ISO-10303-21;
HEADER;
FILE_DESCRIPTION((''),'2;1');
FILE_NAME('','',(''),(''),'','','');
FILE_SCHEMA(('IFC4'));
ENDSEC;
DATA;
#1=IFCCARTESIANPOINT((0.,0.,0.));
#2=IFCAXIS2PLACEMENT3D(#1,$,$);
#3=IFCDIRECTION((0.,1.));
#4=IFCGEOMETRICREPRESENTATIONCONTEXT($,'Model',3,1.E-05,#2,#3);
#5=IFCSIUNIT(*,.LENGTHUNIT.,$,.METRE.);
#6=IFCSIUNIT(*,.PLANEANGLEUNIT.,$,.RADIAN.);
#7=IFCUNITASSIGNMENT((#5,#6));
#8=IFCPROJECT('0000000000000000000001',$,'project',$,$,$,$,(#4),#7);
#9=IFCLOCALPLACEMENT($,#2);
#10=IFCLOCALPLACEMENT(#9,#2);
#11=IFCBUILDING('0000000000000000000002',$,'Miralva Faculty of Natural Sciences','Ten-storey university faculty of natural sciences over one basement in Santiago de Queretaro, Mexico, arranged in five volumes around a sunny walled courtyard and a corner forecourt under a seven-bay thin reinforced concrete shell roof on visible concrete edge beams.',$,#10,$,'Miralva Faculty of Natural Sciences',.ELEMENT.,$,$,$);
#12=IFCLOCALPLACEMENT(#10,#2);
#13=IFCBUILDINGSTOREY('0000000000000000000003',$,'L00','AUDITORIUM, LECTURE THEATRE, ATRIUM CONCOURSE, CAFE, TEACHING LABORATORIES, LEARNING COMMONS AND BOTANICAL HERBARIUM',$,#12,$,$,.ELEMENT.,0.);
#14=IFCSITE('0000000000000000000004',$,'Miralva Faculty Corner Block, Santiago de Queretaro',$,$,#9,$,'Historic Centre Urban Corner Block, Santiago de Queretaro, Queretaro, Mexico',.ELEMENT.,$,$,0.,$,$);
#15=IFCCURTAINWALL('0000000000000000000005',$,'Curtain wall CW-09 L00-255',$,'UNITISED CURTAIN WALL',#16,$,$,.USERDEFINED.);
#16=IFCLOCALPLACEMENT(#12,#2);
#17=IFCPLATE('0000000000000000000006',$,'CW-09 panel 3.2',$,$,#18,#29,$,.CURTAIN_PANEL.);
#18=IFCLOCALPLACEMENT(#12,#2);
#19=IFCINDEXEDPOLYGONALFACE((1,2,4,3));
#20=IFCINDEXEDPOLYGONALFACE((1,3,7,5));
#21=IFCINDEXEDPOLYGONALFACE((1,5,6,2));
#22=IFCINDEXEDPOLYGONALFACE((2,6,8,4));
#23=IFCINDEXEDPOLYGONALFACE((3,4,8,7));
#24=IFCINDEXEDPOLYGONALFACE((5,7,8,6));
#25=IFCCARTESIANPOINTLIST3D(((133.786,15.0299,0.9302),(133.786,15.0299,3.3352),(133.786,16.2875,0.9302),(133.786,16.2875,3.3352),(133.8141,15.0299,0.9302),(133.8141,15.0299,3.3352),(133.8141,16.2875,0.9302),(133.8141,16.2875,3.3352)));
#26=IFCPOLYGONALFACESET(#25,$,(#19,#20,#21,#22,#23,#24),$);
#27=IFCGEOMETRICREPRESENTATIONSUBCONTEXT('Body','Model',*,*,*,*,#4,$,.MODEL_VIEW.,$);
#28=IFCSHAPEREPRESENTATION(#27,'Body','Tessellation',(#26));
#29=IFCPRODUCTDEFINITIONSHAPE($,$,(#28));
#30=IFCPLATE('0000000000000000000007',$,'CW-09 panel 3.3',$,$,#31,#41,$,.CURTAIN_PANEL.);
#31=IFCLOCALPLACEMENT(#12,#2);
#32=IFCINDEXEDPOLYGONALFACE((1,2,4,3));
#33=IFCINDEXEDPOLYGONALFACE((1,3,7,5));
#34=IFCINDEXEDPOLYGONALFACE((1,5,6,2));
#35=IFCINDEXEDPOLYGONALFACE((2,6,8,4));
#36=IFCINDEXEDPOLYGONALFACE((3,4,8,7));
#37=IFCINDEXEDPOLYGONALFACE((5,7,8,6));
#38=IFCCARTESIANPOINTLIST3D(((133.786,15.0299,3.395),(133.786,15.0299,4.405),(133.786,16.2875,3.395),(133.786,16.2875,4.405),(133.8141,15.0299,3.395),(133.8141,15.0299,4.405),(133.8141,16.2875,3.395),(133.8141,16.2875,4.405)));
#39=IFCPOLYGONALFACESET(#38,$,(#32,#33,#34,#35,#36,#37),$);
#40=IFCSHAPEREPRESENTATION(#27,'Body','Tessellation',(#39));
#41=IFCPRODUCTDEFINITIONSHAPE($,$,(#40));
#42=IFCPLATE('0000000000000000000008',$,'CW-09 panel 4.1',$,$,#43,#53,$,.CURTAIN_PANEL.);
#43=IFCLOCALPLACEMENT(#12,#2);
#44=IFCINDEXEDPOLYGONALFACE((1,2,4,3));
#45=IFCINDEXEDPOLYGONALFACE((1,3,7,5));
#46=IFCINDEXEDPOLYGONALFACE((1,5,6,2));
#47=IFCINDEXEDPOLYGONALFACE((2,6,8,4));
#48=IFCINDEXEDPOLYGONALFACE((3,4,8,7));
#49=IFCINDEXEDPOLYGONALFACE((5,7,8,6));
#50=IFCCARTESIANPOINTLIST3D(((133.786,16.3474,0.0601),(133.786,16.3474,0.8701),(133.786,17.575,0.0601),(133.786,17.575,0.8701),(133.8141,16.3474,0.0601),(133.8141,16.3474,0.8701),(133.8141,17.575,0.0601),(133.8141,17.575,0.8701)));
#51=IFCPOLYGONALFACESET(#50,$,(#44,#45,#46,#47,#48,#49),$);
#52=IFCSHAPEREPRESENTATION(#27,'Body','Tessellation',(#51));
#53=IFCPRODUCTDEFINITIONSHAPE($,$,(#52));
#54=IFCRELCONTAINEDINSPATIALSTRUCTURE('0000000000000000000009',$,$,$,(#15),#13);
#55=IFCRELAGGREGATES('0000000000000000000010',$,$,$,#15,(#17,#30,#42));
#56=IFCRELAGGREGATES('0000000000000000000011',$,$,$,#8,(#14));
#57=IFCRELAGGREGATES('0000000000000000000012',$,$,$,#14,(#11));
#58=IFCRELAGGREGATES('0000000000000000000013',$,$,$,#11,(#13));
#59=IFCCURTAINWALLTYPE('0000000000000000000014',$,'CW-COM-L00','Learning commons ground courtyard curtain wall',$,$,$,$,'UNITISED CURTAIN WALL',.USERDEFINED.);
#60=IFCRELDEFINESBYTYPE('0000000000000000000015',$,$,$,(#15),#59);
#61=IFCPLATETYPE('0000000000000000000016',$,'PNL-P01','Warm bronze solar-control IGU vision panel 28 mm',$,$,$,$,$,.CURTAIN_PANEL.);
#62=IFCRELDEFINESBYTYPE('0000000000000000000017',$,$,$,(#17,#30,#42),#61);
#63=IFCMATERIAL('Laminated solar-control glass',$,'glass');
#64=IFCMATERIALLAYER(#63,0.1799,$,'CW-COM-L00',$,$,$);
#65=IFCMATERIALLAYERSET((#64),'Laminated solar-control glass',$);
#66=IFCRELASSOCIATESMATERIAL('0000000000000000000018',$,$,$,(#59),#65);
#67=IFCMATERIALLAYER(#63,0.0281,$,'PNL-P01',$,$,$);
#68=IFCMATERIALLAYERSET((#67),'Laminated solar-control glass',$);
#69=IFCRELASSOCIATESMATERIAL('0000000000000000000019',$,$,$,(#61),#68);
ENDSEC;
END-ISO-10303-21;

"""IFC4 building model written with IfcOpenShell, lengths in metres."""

from ifc_helpers import new_model, si_unit, direction, frame, origin, origin_2d, place, context, subcontext, project, spatial, rectangle, extrude, material, layer, layer_set, type_object, element, aggregate, save


model = new_model("IFC4")

# Units and contexts
model_context = context("Model", 3, precision=1e-05, world=origin(), true_north=direction((0.0, 1.0)))
body_context = subcontext(model_context, "Body", "Model", "MODEL_VIEW")
ifc_project = project(units=[si_unit("LENGTHUNIT", "METRE"), si_unit("PLANEANGLEUNIT", "RADIAN")], contexts=[model_context])

# Site, building, storey
site_placement = place(None, origin())
site = spatial("IfcSite", under=ifc_project, at=site_placement, Name="Miralva Faculty Corner Block, Santiago de Queretaro", LongName="Historic Centre Urban Corner Block, Santiago de Queretaro, Queretaro, Mexico", CompositionType="ELEMENT", RefElevation=0.0)
building_placement = place(site_placement, origin())
building = spatial("IfcBuilding", under=site, at=building_placement, Name="Miralva Faculty of Natural Sciences", Description="Ten-storey university faculty of natural sciences over one basement in Santiago de Queretaro, Mexico, arranged in five volumes around a sunny walled courtyard and a corner forecourt under a seven-bay thin reinforced concrete shell roof on visible concrete edge beams.", LongName="Miralva Faculty of Natural Sciences", CompositionType="ELEMENT")
storey_placement = place(building_placement, origin())
storey = spatial("IfcBuildingStorey", under=building, at=storey_placement, Name="L00", Description="AUDITORIUM, LECTURE THEATRE, ATRIUM CONCOURSE, CAFE, TEACHING LABORATORIES, LEARNING COMMONS AND BOTANICAL HERBARIUM", CompositionType="ELEMENT", Elevation=0.0)

# Curtain wall, plates
ifc_material_1 = material(Name="Laminated solar-control glass", Category="glass")
ifc_layer_1 = layer(ifc_material_1, 0.1799, Name="CW-COM-L00")
ifc_layer_set_1 = layer_set([ifc_layer_1], Name="Laminated solar-control glass")
curtain_wall_type = type_object("IfcCurtainWallType", Name="CW-COM-L00", Description="Learning commons ground courtyard curtain wall", ElementType="UNITISED CURTAIN WALL", PredefinedType="USERDEFINED", material=ifc_layer_set_1)
curtain_wall_placement = place(storey_placement, origin())
curtain_wall = element("IfcCurtainWall", 1, at=curtain_wall_placement, inside=storey, type_object=curtain_wall_type, Name="Curtain wall CW-09 L00-255", ObjectType="UNITISED CURTAIN WALL", PredefinedType="USERDEFINED")
ifc_layer_2 = layer(ifc_material_1, 0.0281, Name="PNL-P01")
ifc_layer_set_2 = layer_set([ifc_layer_2], Name="Laminated solar-control glass")
plate_type = type_object("IfcPlateType", Name="PNL-P01", Description="Warm bronze solar-control IGU vision panel 28 mm", PredefinedType="CURTAIN_PANEL", material=ifc_layer_set_2)
plate_1_placement = place(storey_placement, frame((133.8, 15.6587, 0.9302), z_axis=(0.0, 0.0, 1.0), x_axis=(0.0, 1.0, 0.0)))
plate_1 = element("IfcPlate", 2, at=plate_1_placement, type_object=plate_type, Name="CW-09 panel 3.2", PredefinedType="CURTAIN_PANEL", context=body_context, shape_type="SweptSolid", body=[
    extrude(rectangle(XDim=1.2576, YDim=0.0281, at=origin_2d()), origin(), (0.0, 0.0, 1.0), 2.405),
])
plate_2_placement = place(storey_placement, frame((133.8, 15.6587, 3.395), z_axis=(0.0, 0.0, 1.0), x_axis=(0.0, 1.0, 0.0)))
plate_2 = element("IfcPlate", 3, at=plate_2_placement, type_object=plate_type, Name="CW-09 panel 3.3", PredefinedType="CURTAIN_PANEL", context=body_context, shape_type="SweptSolid", body=[
    extrude(rectangle(XDim=1.2576, YDim=0.0281, at=origin_2d()), origin(), (0.0, 0.0, 1.0), 1.01),
])
plate_3_placement = place(storey_placement, frame((133.8, 16.9612, 0.0601), z_axis=(0.0, 0.0, 1.0), x_axis=(0.0, 1.0, 0.0)))
plate_3 = element("IfcPlate", 4, at=plate_3_placement, type_object=plate_type, Name="CW-09 panel 4.1", PredefinedType="CURTAIN_PANEL", context=body_context, shape_type="SweptSolid", body=[
    extrude(rectangle(XDim=1.2275, YDim=0.0281, at=origin_2d()), origin(), (0.0, 0.0, 1.0), 0.8101),
])
aggregate(curtain_wall, [plate_1, plate_2, plate_3])

save(model, "model.ifc")
